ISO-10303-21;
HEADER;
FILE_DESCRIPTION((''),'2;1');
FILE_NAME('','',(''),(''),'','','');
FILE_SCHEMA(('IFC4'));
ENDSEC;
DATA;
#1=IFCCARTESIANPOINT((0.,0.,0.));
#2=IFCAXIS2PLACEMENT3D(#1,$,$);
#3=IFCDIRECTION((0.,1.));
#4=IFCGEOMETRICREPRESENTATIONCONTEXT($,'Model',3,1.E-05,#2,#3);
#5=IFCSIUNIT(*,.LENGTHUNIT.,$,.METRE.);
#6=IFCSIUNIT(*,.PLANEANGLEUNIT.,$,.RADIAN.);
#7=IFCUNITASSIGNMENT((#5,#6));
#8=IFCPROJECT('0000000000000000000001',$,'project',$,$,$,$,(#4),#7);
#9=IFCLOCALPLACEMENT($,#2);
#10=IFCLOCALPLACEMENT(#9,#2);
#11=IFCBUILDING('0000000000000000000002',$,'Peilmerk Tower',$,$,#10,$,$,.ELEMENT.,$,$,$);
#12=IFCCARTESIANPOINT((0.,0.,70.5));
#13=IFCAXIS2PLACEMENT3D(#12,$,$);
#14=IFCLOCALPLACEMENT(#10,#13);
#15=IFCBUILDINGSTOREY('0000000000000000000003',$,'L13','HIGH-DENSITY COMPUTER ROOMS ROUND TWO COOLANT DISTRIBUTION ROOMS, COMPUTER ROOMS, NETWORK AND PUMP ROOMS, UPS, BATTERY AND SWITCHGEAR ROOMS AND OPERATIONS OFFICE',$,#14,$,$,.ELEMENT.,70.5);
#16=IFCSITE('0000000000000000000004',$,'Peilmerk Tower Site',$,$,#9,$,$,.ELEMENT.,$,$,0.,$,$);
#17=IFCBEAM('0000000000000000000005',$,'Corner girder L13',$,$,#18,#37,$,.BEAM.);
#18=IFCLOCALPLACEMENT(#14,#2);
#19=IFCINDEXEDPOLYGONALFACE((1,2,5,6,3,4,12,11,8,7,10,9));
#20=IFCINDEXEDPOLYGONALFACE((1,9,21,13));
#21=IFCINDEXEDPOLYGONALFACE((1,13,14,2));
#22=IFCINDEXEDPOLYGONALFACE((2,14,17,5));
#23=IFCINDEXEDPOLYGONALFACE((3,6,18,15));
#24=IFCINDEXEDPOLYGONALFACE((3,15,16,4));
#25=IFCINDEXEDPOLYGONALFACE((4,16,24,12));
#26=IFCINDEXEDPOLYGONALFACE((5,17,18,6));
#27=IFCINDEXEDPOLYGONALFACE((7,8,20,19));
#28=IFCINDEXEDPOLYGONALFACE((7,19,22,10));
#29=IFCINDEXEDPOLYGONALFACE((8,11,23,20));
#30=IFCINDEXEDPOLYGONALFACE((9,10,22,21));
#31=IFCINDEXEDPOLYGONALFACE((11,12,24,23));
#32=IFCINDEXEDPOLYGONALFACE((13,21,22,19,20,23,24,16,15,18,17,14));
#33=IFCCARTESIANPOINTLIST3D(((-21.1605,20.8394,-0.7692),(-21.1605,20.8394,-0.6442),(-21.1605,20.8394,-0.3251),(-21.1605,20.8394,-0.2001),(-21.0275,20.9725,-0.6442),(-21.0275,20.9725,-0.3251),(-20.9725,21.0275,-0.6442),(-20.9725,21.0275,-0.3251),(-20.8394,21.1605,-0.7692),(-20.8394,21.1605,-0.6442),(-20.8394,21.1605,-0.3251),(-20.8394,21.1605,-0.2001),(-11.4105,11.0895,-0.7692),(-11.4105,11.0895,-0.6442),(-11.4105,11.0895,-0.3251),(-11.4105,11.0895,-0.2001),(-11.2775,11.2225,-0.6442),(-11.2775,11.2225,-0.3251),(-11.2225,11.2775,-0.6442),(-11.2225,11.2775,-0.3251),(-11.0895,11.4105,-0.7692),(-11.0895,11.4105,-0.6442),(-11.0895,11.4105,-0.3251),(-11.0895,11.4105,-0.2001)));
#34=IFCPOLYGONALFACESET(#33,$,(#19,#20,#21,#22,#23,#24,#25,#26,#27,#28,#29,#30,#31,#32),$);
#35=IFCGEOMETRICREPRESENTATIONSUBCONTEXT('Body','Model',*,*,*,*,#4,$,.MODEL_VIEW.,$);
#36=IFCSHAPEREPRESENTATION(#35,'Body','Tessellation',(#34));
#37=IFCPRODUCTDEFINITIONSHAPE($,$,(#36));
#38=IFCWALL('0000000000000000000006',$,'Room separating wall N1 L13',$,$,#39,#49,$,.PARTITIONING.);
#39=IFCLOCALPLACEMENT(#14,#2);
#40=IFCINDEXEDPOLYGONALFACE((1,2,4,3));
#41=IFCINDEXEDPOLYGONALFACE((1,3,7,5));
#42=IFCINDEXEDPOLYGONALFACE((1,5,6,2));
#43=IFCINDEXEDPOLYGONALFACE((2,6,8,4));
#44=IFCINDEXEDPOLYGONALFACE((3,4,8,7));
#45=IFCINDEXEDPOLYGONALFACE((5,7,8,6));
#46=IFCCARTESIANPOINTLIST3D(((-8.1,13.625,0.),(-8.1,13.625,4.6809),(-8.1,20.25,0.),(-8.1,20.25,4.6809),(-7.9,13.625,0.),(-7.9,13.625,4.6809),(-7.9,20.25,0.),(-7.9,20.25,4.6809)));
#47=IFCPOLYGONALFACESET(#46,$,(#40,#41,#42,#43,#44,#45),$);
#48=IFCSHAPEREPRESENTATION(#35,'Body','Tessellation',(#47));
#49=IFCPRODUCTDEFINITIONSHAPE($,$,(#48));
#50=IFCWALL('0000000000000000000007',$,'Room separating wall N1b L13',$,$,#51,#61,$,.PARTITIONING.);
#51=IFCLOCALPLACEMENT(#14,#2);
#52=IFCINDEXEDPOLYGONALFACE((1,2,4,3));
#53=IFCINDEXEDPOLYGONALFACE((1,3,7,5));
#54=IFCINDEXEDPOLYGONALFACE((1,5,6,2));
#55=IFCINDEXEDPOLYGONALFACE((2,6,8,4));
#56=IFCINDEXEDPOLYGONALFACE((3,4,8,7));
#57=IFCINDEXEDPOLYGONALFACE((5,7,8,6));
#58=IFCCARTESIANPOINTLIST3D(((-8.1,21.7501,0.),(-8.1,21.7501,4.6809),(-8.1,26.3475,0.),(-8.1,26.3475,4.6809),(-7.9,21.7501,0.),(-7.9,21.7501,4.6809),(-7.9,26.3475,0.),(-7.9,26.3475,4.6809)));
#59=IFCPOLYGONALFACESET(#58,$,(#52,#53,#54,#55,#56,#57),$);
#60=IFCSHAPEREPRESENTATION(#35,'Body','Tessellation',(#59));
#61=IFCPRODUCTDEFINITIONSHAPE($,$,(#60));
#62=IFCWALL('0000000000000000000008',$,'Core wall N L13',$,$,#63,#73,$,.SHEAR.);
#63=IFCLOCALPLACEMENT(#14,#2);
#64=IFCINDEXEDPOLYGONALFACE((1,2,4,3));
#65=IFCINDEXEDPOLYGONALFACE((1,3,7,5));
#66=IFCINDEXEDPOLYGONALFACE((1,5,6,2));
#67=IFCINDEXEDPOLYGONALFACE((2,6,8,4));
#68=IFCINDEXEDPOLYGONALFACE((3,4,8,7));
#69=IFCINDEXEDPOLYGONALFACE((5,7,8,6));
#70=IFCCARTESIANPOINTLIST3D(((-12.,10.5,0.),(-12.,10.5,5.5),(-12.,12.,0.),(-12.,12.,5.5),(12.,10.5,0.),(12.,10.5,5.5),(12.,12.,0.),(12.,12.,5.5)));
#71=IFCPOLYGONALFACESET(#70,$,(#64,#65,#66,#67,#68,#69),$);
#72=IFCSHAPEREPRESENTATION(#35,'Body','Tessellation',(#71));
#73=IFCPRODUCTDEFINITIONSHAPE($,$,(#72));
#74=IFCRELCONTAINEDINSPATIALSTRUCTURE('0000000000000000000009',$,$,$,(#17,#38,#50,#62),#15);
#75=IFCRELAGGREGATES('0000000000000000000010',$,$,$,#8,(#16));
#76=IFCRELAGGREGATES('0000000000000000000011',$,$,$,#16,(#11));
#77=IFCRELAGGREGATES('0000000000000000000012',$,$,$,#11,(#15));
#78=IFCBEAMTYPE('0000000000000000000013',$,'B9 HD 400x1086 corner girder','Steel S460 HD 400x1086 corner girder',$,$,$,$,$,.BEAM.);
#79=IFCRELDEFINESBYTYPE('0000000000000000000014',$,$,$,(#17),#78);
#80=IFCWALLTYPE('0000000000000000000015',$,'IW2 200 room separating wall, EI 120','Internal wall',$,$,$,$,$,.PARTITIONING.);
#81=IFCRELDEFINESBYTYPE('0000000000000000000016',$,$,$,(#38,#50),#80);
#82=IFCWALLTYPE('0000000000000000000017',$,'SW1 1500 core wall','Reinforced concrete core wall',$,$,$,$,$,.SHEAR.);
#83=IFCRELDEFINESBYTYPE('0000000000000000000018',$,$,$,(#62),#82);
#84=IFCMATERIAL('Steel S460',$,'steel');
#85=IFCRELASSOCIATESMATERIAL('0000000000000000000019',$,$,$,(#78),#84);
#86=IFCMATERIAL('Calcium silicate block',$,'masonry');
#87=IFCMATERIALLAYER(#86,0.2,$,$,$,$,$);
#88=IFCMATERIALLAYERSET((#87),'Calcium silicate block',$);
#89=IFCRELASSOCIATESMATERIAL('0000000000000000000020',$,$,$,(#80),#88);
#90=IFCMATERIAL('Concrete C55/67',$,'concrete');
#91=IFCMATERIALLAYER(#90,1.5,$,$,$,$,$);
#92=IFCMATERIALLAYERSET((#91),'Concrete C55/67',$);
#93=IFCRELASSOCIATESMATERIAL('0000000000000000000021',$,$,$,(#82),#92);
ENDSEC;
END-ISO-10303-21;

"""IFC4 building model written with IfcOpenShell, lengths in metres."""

from ifc_helpers import new_model, si_unit, direction, frame, frame_2d, origin, origin_2d, place, context, subcontext, project, spatial, rectangle, i_section, extrude, material, layer, layer_set, material_profile, profile_set, type_object, element, save


model = new_model("IFC4")

# Units and contexts
model_context = context("Model", 3, precision=1e-05, world=origin(), true_north=direction((0.0, 1.0)))
body_context = subcontext(model_context, "Body", "Model", "MODEL_VIEW")
ifc_project = project(units=[si_unit("LENGTHUNIT", "METRE"), si_unit("PLANEANGLEUNIT", "RADIAN")], contexts=[model_context])

# Site, building, storey
site_placement = place(None, origin())
site = spatial("IfcSite", under=ifc_project, at=site_placement, Name="Peilmerk Tower Site", CompositionType="ELEMENT", RefElevation=0.0)
building_placement = place(site_placement, origin())
building = spatial("IfcBuilding", under=site, at=building_placement, Name="Peilmerk Tower", CompositionType="ELEMENT")
storey_placement = place(building_placement, frame((0.0, 0.0, 70.5)))
storey = spatial("IfcBuildingStorey", under=building, at=storey_placement, Name="L13", Description="HIGH-DENSITY COMPUTER ROOMS ROUND TWO COOLANT DISTRIBUTION ROOMS, COMPUTER ROOMS, NETWORK AND PUMP ROOMS, UPS, BATTERY AND SWITCHGEAR ROOMS AND OPERATIONS OFFICE", CompositionType="ELEMENT", Elevation=70.5)

# Beam
ifc_material_1 = material(Name="Steel S460", Category="steel")
ifc_material_profile_1 = material_profile(ifc_material_1, i_section(OverallWidth=0.4541, OverallDepth=0.5691, WebThickness=0.0779, FlangeThickness=0.125, at=origin_2d()), Name="HD 400x1086")
ifc_profile_set_1 = profile_set([ifc_material_profile_1], Name="Steel S460")
beam_type_1 = type_object("IfcBeamType", Name="B9 HD 400x1086 corner girder", Description="Steel S460 HD 400x1086 corner girder", PredefinedType="BEAM", material=ifc_profile_set_1)
beam_1_placement = place(storey_placement, frame((-11.25, 11.25, -0.4846), z_axis=(-0.707107, 0.707107, 0.0), x_axis=(-0.707107, -0.707107, 0.0)))
element("IfcBeam", 1, at=beam_1_placement, inside=storey, type_object=beam_type_1, Name="Corner girder L13", PredefinedType="BEAM", context=body_context, shape_type="SweptSolid", body=[
    extrude(i_section(OverallWidth=0.4541, OverallDepth=0.5691, WebThickness=0.0779, FlangeThickness=0.125, at=origin_2d()), origin(), (0.0, 0.0, 1.0), 13.7886),
])

# Walls
ifc_material_2 = material(Name="Calcium silicate block", Category="masonry")
ifc_layer_1 = layer(ifc_material_2, 0.2)
ifc_layer_set_1 = layer_set([ifc_layer_1], Name="Calcium silicate block")
wall_type_1 = type_object("IfcWallType", Name="IW2 200 room separating wall, EI 120", Description="Internal wall", PredefinedType="PARTITIONING", material=ifc_layer_set_1)
wall_1_placement = place(storey_placement, frame((-8.0, 13.625, 0.0), z_axis=(0.0, 0.0, 1.0), x_axis=(0.0, 1.0, 0.0)))
element("IfcWall", 2, at=wall_1_placement, inside=storey, type_object=wall_type_1, Name="Room separating wall N1 L13", PredefinedType="PARTITIONING", context=body_context, shape_type="SweptSolid", body=[
    extrude(rectangle(XDim=6.625, YDim=0.2, at=frame_2d((3.3125, 0.0))), origin(), (0.0, 0.0, 1.0), 4.6809),
])
wall_2_placement = place(storey_placement, frame((-8.0, 21.75, 0.0), z_axis=(0.0, 0.0, 1.0), x_axis=(0.0, 1.0, 0.0)))
element("IfcWall", 3, at=wall_2_placement, inside=storey, type_object=wall_type_1, Name="Room separating wall N1b L13", PredefinedType="PARTITIONING", context=body_context, shape_type="SweptSolid", body=[
    extrude(rectangle(XDim=4.5974, YDim=0.2, at=frame_2d((2.2988, 0.0))), origin(), (0.0, 0.0, 1.0), 4.6809),
])
ifc_material_3 = material(Name="Concrete C55/67", Category="concrete")
ifc_layer_2 = layer(ifc_material_3, 1.5)
ifc_layer_set_2 = layer_set([ifc_layer_2], Name="Concrete C55/67")
wall_type_2 = type_object("IfcWallType", Name="SW1 1500 core wall", Description="Reinforced concrete core wall", PredefinedType="SHEAR", material=ifc_layer_set_2)
wall_3_placement = place(storey_placement, frame((-12.0, 11.25, 0.0), z_axis=(0.0, 0.0, 1.0), x_axis=(1.0, 0.0, 0.0)))
element("IfcWall", 4, at=wall_3_placement, inside=storey, type_object=wall_type_2, Name="Core wall N L13", PredefinedType="SHEAR", context=body_context, shape_type="SweptSolid", body=[
    extrude(rectangle(XDim=24.0, YDim=1.5, at=frame_2d((12.0, 0.0))), origin(), (0.0, 0.0, 1.0), 5.5),
])

save(model, "model.ifc")
